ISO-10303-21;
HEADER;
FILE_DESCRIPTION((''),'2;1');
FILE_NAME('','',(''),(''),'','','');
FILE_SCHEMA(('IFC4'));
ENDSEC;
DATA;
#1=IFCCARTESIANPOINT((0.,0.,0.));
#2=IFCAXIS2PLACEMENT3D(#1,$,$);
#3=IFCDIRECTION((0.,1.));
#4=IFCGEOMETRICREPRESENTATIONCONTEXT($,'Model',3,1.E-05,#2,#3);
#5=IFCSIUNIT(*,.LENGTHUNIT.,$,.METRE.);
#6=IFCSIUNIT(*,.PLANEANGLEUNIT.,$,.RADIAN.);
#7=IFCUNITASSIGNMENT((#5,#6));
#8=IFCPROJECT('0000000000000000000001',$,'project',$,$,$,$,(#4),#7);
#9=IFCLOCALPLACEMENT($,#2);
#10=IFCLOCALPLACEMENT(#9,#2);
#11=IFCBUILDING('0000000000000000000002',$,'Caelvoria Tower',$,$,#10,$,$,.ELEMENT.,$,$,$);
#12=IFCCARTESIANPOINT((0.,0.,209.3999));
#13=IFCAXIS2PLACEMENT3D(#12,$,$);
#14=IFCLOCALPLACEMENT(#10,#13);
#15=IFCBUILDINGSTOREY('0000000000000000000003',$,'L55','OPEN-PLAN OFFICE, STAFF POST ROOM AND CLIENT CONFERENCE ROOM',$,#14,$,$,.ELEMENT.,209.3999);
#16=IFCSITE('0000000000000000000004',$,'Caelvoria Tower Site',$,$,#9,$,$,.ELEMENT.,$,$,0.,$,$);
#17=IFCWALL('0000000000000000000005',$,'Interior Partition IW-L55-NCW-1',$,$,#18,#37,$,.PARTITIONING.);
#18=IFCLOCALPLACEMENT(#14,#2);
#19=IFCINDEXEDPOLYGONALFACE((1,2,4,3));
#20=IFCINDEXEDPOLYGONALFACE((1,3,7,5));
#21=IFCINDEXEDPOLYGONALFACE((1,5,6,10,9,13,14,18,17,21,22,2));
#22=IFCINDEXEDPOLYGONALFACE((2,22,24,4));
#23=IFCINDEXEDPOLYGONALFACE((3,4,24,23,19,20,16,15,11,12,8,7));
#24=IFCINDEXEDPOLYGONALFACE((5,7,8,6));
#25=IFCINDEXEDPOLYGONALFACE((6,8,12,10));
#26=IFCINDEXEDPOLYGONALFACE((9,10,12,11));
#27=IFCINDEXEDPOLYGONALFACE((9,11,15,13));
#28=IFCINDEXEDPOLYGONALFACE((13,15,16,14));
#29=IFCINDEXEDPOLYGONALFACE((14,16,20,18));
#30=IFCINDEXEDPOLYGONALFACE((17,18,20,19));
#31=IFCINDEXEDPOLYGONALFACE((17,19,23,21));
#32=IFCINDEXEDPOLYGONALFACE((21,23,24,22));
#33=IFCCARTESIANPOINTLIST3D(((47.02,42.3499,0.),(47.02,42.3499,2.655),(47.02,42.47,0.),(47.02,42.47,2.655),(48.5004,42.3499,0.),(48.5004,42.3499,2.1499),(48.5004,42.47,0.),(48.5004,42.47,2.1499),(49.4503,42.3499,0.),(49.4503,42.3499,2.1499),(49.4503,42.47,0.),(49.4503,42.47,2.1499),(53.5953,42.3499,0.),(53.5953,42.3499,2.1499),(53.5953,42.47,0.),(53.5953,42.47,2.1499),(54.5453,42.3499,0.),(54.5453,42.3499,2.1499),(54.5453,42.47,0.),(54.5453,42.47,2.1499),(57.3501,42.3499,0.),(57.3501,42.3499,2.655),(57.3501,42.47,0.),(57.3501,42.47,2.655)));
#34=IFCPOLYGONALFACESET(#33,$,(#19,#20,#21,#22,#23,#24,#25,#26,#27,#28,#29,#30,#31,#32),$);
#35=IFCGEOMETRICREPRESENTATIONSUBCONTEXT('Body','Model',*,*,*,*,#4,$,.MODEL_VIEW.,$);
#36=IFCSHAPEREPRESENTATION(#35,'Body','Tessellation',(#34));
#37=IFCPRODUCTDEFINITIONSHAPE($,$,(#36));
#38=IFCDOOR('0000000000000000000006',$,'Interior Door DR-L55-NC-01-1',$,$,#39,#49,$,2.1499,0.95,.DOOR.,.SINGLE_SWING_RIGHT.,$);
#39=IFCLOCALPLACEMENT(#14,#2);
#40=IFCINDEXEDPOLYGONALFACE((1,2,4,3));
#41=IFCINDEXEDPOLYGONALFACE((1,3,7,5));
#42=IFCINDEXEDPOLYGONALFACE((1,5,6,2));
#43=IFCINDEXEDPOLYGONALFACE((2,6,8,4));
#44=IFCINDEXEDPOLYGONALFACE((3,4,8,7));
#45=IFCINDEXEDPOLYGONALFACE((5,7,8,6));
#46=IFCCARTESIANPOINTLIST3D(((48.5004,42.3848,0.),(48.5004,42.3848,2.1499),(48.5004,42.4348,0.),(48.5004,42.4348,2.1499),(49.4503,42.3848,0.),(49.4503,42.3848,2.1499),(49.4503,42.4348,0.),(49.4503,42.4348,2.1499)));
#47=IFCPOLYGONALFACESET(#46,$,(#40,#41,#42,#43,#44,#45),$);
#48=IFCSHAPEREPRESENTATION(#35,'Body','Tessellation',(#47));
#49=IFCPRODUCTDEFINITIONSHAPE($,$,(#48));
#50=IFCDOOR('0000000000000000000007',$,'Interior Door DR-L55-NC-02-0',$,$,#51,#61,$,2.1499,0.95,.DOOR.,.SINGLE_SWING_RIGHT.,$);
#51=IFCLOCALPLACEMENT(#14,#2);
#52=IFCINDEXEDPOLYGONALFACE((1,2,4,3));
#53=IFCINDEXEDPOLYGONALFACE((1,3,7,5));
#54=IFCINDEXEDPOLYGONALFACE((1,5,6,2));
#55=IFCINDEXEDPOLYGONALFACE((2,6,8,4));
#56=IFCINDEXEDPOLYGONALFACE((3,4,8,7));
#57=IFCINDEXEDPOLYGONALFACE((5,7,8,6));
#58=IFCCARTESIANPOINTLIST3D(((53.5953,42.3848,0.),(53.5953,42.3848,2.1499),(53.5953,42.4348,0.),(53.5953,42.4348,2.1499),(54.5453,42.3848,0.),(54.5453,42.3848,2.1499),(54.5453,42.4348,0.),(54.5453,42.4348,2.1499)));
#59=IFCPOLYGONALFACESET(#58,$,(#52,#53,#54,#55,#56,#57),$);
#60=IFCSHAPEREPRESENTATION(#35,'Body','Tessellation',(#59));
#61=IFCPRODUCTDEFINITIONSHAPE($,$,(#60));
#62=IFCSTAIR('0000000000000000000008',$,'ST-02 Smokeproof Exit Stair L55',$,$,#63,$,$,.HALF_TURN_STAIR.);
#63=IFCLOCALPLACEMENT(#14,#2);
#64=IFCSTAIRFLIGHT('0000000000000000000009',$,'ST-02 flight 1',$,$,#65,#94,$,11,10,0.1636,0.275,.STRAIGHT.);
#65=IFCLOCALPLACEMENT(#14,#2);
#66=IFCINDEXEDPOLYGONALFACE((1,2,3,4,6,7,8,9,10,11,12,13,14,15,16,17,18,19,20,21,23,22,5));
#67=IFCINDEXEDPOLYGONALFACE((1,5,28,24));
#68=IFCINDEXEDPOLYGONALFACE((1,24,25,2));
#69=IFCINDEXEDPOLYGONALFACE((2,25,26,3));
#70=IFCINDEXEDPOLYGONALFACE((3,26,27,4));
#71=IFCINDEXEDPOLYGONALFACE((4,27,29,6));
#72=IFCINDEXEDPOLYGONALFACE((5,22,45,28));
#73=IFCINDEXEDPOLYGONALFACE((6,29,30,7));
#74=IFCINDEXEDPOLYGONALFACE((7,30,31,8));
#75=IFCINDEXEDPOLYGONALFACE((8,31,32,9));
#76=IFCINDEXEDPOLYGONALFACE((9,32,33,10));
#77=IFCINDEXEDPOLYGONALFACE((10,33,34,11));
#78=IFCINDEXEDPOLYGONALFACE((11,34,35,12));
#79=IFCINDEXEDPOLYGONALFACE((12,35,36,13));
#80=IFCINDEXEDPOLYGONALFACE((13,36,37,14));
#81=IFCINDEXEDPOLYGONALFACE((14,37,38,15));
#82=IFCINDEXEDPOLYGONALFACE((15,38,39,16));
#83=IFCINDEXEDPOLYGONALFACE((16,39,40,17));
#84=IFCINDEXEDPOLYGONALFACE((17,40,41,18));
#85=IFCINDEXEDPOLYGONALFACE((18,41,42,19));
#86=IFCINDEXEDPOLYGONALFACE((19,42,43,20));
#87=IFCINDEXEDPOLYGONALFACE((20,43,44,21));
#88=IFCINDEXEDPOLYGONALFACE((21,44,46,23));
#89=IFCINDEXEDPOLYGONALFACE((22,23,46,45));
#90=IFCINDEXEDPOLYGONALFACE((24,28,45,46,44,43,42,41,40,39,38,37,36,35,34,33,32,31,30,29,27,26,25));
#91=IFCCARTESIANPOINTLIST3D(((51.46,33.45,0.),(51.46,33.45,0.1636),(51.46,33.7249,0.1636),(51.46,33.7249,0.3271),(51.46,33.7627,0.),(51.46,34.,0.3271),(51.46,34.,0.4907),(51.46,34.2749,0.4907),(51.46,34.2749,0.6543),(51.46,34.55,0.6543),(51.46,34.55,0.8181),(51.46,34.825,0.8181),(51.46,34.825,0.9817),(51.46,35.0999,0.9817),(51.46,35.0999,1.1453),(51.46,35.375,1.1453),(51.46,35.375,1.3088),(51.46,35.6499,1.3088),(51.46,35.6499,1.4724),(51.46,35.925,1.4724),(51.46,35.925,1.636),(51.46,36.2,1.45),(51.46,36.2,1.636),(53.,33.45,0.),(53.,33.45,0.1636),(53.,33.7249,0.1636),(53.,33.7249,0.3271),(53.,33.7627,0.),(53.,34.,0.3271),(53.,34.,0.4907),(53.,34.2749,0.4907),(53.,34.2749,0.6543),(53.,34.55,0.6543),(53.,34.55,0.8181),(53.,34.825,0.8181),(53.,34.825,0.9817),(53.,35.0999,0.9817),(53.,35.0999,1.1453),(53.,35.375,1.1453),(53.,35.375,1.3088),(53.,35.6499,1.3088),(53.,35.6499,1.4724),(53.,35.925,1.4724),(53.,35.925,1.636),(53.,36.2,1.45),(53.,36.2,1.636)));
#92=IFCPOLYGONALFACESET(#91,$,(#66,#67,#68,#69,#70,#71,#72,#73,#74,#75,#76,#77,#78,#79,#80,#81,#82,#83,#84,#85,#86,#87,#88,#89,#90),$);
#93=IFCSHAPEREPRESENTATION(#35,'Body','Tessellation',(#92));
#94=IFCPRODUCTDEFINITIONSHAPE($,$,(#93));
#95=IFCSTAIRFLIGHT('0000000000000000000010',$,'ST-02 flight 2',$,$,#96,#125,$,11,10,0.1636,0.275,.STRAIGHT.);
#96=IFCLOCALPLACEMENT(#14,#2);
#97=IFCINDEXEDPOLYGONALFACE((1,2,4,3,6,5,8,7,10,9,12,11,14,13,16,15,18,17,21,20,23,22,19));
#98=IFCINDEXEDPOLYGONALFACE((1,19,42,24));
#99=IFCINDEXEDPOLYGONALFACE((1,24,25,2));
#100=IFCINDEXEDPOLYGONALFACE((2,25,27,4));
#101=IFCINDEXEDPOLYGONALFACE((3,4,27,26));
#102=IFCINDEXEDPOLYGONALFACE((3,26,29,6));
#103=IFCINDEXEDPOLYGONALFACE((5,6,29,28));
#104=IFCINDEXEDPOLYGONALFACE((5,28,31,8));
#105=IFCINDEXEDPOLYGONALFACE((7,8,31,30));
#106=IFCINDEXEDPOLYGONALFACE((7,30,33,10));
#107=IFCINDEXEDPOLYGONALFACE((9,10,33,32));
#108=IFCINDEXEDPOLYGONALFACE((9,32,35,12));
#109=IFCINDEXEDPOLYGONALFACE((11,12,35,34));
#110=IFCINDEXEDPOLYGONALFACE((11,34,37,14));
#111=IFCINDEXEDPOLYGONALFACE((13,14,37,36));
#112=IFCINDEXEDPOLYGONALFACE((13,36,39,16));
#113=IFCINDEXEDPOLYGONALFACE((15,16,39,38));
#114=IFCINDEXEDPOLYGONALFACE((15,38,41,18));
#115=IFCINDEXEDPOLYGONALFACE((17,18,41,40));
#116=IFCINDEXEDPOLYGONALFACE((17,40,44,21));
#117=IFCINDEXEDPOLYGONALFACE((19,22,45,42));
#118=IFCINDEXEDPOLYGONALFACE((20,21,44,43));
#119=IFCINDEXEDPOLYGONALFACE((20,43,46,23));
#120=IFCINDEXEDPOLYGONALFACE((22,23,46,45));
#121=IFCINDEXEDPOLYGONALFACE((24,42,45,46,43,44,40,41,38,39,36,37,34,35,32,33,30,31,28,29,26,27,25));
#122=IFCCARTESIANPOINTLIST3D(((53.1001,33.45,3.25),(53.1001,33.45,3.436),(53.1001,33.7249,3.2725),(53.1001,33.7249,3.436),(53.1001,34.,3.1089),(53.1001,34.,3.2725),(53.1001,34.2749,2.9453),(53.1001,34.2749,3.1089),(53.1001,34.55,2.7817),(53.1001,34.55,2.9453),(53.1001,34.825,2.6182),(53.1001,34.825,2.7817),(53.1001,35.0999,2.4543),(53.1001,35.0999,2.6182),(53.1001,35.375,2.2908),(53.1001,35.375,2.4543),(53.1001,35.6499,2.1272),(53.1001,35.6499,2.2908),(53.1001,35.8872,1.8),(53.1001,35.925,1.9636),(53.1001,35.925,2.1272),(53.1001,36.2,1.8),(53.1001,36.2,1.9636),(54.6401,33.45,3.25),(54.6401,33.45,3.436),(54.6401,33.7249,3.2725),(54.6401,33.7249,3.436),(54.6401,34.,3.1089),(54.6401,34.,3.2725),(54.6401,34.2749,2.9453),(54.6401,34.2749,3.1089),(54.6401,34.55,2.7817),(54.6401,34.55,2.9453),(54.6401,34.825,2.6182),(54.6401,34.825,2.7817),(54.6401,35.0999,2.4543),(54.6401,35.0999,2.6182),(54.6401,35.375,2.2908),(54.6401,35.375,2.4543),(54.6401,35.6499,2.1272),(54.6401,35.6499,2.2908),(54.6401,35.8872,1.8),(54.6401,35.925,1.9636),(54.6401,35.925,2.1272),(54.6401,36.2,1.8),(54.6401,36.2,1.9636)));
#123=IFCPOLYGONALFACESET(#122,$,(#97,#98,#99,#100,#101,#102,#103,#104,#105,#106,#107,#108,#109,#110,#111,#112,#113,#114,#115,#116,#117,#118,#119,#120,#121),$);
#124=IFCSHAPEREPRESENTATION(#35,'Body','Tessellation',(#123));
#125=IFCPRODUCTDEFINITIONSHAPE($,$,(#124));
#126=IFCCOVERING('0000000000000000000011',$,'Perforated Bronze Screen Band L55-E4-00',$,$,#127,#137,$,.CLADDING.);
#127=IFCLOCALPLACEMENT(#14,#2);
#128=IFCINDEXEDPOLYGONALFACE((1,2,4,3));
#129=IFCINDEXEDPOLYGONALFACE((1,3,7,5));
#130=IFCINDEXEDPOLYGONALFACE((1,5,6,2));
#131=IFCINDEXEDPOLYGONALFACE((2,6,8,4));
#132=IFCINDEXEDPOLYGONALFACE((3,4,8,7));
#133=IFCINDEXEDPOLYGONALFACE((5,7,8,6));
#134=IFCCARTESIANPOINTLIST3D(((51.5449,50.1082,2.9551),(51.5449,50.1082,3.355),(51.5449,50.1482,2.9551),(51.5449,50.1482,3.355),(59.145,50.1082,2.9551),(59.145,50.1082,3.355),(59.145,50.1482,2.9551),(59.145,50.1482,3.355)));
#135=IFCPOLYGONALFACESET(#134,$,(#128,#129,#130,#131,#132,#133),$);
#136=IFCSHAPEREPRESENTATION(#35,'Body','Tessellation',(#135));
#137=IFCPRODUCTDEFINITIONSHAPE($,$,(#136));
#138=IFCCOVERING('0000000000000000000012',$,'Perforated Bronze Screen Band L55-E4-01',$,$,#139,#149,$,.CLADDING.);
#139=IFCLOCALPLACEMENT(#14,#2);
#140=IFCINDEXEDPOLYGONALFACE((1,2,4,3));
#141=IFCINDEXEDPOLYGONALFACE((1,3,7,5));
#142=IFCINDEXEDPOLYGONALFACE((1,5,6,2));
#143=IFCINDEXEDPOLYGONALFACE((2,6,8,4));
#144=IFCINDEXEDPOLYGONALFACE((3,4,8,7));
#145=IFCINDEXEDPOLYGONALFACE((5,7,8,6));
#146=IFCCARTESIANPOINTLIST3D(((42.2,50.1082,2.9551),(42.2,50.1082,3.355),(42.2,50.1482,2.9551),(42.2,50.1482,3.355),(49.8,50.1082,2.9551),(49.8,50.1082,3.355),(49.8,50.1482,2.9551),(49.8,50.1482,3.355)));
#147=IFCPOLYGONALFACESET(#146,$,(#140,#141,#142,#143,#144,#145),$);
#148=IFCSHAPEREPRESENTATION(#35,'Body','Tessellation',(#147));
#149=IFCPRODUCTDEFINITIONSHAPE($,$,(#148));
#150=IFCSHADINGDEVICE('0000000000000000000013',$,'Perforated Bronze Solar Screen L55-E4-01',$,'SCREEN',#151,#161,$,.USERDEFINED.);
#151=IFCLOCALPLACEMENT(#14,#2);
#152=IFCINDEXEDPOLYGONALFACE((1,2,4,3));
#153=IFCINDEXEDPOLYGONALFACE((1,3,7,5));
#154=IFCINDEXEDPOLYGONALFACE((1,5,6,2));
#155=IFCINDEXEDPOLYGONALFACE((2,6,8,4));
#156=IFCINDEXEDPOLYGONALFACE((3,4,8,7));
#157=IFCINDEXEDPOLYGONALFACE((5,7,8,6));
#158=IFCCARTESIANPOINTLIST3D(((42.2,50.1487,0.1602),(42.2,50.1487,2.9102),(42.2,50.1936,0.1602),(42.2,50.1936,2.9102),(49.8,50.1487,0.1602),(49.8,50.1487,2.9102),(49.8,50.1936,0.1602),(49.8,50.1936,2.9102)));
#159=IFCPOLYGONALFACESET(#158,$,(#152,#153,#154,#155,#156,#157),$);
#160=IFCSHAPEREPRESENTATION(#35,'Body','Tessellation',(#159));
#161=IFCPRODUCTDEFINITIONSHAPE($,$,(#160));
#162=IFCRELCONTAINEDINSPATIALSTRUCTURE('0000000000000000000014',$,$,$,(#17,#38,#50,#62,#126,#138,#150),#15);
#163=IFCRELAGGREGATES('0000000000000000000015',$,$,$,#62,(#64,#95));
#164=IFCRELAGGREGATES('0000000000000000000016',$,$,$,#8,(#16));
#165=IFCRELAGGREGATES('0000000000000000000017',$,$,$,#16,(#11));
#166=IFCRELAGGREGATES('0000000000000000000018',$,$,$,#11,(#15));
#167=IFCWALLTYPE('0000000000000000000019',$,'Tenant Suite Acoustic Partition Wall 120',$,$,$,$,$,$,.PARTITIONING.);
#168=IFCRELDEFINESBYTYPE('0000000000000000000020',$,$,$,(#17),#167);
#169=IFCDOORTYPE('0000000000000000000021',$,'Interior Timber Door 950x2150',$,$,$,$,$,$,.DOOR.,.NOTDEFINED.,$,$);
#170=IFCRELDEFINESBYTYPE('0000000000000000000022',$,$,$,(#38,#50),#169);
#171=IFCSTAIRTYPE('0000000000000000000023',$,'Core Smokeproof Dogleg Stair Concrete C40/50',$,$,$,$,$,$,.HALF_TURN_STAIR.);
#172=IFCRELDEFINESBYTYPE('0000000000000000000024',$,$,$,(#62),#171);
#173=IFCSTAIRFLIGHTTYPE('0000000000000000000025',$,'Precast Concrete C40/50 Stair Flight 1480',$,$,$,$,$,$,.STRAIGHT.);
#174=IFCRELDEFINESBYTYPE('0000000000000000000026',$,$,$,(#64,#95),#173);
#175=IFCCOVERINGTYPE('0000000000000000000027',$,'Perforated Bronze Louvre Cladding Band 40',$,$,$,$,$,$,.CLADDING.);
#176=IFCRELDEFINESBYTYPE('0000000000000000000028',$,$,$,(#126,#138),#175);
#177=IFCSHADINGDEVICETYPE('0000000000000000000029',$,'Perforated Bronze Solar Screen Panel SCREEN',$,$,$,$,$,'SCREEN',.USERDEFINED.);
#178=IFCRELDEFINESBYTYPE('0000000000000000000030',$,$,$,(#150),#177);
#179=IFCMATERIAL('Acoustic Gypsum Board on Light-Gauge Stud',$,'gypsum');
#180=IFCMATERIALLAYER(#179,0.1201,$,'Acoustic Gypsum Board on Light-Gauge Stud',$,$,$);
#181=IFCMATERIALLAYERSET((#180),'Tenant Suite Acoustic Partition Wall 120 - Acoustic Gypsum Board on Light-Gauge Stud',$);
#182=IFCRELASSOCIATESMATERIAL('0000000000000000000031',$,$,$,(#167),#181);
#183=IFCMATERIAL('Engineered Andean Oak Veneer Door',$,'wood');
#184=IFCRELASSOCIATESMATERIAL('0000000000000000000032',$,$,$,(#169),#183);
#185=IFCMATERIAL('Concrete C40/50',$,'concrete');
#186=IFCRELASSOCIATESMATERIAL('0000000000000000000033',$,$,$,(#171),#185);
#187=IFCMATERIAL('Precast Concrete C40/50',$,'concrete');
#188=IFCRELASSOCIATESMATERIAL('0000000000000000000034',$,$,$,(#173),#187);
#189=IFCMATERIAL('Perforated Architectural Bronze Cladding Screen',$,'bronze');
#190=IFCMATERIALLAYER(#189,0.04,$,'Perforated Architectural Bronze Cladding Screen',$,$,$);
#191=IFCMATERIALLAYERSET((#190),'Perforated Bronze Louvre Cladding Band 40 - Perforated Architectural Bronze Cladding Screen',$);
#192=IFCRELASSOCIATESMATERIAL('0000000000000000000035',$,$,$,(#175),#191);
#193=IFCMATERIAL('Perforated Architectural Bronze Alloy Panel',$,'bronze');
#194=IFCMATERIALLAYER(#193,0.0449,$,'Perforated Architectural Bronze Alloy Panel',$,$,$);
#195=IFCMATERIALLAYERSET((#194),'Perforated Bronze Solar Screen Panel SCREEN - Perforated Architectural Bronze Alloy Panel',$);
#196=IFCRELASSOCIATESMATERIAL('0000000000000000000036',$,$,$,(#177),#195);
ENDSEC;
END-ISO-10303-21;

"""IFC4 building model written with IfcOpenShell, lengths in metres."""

from ifc_helpers import new_model, si_unit, direction, frame, frame_2d, origin, origin_2d, place, context, subcontext, project, spatial, polyline, rectangle, outline, extrude, material, layer, layer_set, type_object, element, fill, aggregate, save


model = new_model("IFC4")

# Units and contexts
model_context = context("Model", 3, precision=1e-05, world=origin(), true_north=direction((0.0, 1.0)))
body_context = subcontext(model_context, "Body", "Model", "MODEL_VIEW")
ifc_project = project(units=[si_unit("LENGTHUNIT", "METRE"), si_unit("PLANEANGLEUNIT", "RADIAN")], contexts=[model_context])

# Site, building, storey
site_placement = place(None, origin())
site = spatial("IfcSite", under=ifc_project, at=site_placement, Name="Caelvoria Tower Site", CompositionType="ELEMENT", RefElevation=0.0)
building_placement = place(site_placement, origin())
building = spatial("IfcBuilding", under=site, at=building_placement, Name="Caelvoria Tower", CompositionType="ELEMENT")
storey_placement = place(building_placement, frame((0.0, 0.0, 209.3999)))
storey = spatial("IfcBuildingStorey", under=building, at=storey_placement, Name="L55", Description="OPEN-PLAN OFFICE, STAFF POST ROOM AND CLIENT CONFERENCE ROOM", CompositionType="ELEMENT", Elevation=209.3999)

# Shared definitions
ifc_material_1 = material(Name="Engineered Andean Oak Veneer Door", Category="wood")
ifc_material_2 = material(Name="Acoustic Gypsum Board on Light-Gauge Stud", Category="gypsum")
ifc_layer_1 = layer(ifc_material_2, 0.1201, Name="Acoustic Gypsum Board on Light-Gauge Stud")
ifc_layer_set_1 = layer_set([ifc_layer_1], Name="Tenant Suite Acoustic Partition Wall 120 - Acoustic Gypsum Board on Light-Gauge Stud")
wall_type_1 = type_object("IfcWallType", Name="Tenant Suite Acoustic Partition Wall 120", PredefinedType="PARTITIONING", material=ifc_layer_set_1)

# Wall, openings, doors
wall_1_placement = place(storey_placement, frame((47.02, 42.4099, 0.0), z_axis=(0.0, 0.0, 1.0), x_axis=(1.0, 0.0, 0.0)))
wall_1 = element("IfcWall", 1, at=wall_1_placement, inside=storey, type_object=wall_type_1, Name="Interior Partition IW-L55-NCW-1", PredefinedType="PARTITIONING", context=body_context, shape_type="SweptSolid", body=[
    extrude(rectangle(XDim=10.3301, YDim=0.1201, at=frame_2d((5.165, 0.0))), origin(), (0.0, 0.0, 1.0), 2.655),
])
opening_1_placement = place(wall_1_placement, frame((1.4802, 0.0, 0.0)))
opening_1 = element("IfcOpeningElement", 2, at=opening_1_placement, cuts=wall_1, PredefinedType="OPENING", context=body_context, shape_type="SweptSolid", body=[
    extrude(rectangle(XDim=0.95, YDim=2.1499, at=frame_2d((0.4751, 1.075))), frame((0.0, 0.0701, 0.0), z_axis=(0.0, -1.0, 0.0), x_axis=(1.0, 0.0, 0.0)), (0.0, 0.0, 1.0), 0.1401),
])
opening_2_placement = place(wall_1_placement, frame((6.5752, 0.0, 0.0)))
opening_2 = element("IfcOpeningElement", 3, at=opening_2_placement, cuts=wall_1, PredefinedType="OPENING", context=body_context, shape_type="SweptSolid", body=[
    extrude(rectangle(XDim=0.95, YDim=2.1499, at=frame_2d((0.4751, 1.075))), frame((0.0, 0.0701, 0.0), z_axis=(0.0, -1.0, 0.0), x_axis=(1.0, 0.0, 0.0)), (0.0, 0.0, 1.0), 0.1401),
])
door_type_1 = type_object("IfcDoorType", Name="Interior Timber Door 950x2150", OperationType="NOTDEFINED", PredefinedType="DOOR", material=ifc_material_1)
door_1_placement = place(opening_1_placement, origin())
door_1 = element("IfcDoor", 4, at=door_1_placement, inside=storey, type_object=door_type_1, Name="Interior Door DR-L55-NC-01-1", OperationType="SINGLE_SWING_RIGHT", OverallHeight=2.1499, OverallWidth=0.95, PredefinedType="DOOR", context=body_context, shape_type="SweptSolid", body=[
    extrude(rectangle(XDim=0.95, YDim=2.1499, at=frame_2d((0.4751, 1.075))), frame((0.0, 0.0249, 0.0), z_axis=(0.0, -1.0, 0.0), x_axis=(1.0, 0.0, 0.0)), (0.0, 0.0, 1.0), 0.05),
])
fill(opening_1, door_1)
door_2_placement = place(opening_2_placement, origin())
door_2 = element("IfcDoor", 5, at=door_2_placement, inside=storey, type_object=door_type_1, Name="Interior Door DR-L55-NC-02-0", OperationType="SINGLE_SWING_RIGHT", OverallHeight=2.1499, OverallWidth=0.95, PredefinedType="DOOR", context=body_context, shape_type="SweptSolid", body=[
    extrude(rectangle(XDim=0.95, YDim=2.1499, at=frame_2d((0.4751, 1.075))), frame((0.0, 0.0249, 0.0), z_axis=(0.0, -1.0, 0.0), x_axis=(1.0, 0.0, 0.0)), (0.0, 0.0, 1.0), 0.05),
])
fill(opening_2, door_2)

# Stair, stair flights
ifc_material_3 = material(Name="Concrete C40/50", Category="concrete")
stair_type = type_object("IfcStairType", Name="Core Smokeproof Dogleg Stair Concrete C40/50", PredefinedType="HALF_TURN_STAIR", material=ifc_material_3)
stair_placement = place(storey_placement, origin())
stair = element("IfcStair", 6, at=stair_placement, inside=storey, type_object=stair_type, Name="ST-02 Smokeproof Exit Stair L55", PredefinedType="HALF_TURN_STAIR")
ifc_material_4 = material(Name="Precast Concrete C40/50", Category="concrete")
stair_flight_type = type_object("IfcStairFlightType", Name="Precast Concrete C40/50 Stair Flight 1480", PredefinedType="STRAIGHT", material=ifc_material_4)
stair_flight_1_placement = place(storey_placement, frame((52.23, 33.45, 0.0), z_axis=(0.0, 0.0, 1.0), x_axis=(0.0, 1.0, 0.0)))
stair_flight_1 = element("IfcStairFlight", 7, at=stair_flight_1_placement, type_object=stair_flight_type, Name="ST-02 flight 1", NumberOfRisers=11, NumberOfTreads=10, PredefinedType="STRAIGHT", RiserHeight=0.1636, TreadLength=0.275, context=body_context, shape_type="SweptSolid", body=[
    extrude(outline(polyline([(0.0, 0.0), (0.0, 0.1636), (0.2749, 0.1636), (0.2749, 0.3271), (0.55, 0.3271), (0.55, 0.4907), (0.825, 0.4907), (0.825, 0.6543), (1.1001, 0.6543), (1.1001, 0.8181), (1.375, 0.8181), (1.375, 0.9817), (1.6499, 0.9817), (1.6499, 1.1453), (1.925, 1.1453), (1.925, 1.3088), (2.2, 1.3088), (2.2, 1.4724), (2.4751, 1.4724), (2.4751, 1.636), (2.75, 1.636), (2.75, 1.7996), (2.75, 1.45), (0.3127, 0.0), (0.0, 0.0)])), frame((0.0, 0.77, 0.0), z_axis=(0.0, -1.0, 0.0), x_axis=(1.0, 0.0, 0.0)), (0.0, 0.0, 1.0), 1.54),
])
stair_flight_2_placement = place(storey_placement, frame((53.8701, 36.2, 1.8), z_axis=(0.0, 0.0, 1.0), x_axis=(0.0, -1.0, 0.0)))
stair_flight_2 = element("IfcStairFlight", 8, at=stair_flight_2_placement, type_object=stair_flight_type, Name="ST-02 flight 2", NumberOfRisers=11, NumberOfTreads=10, PredefinedType="STRAIGHT", RiserHeight=0.1636, TreadLength=0.275, context=body_context, shape_type="SweptSolid", body=[
    extrude(outline(polyline([(0.0, 0.0), (0.0, 0.1636), (0.2749, 0.1636), (0.2749, 0.3271), (0.55, 0.3271), (0.55, 0.4907), (0.825, 0.4907), (0.825, 0.6543), (1.1001, 0.6543), (1.1001, 0.8181), (1.375, 0.8181), (1.375, 0.9817), (1.6499, 0.9817), (1.6499, 1.1453), (1.925, 1.1453), (1.925, 1.3088), (2.2, 1.3088), (2.2, 1.4724), (2.4751, 1.4724), (2.4751, 1.636), (2.75, 1.636), (2.75, 1.7996), (2.75, 1.45), (0.3127, 0.0), (0.0, 0.0)])), frame((0.0, 0.77, 0.0), z_axis=(0.0, -1.0, 0.0), x_axis=(1.0, 0.0, 0.0)), (0.0, 0.0, 1.0), 1.54),
])
aggregate(stair, [stair_flight_1, stair_flight_2])

# Coverings
ifc_material_5 = material(Name="Perforated Architectural Bronze Cladding Screen", Category="bronze")
ifc_layer_2 = layer(ifc_material_5, 0.04, Name="Perforated Architectural Bronze Cladding Screen")
ifc_layer_set_2 = layer_set([ifc_layer_2], Name="Perforated Bronze Louvre Cladding Band 40 - Perforated Architectural Bronze Cladding Screen")
covering_type = type_object("IfcCoveringType", Name="Perforated Bronze Louvre Cladding Band 40", PredefinedType="CLADDING", material=ifc_layer_set_2)
for number, where, z_axis, x_axis, name in (
    (9, (55.345, 50.1282, 2.9551), (0.0, 0.0, 1.0), (-1.0, 0.0, 0.0), "Perforated Bronze Screen Band L55-E4-00"),
    (10, (46.0, 50.1282, 2.9551), (0.0, 0.0, 1.0), (-1.0, 0.0, 0.0), "Perforated Bronze Screen Band L55-E4-01"),
):
    element("IfcCovering", number, at=place(storey_placement, frame(where, z_axis=z_axis, x_axis=x_axis)), inside=storey, type_object=covering_type, Name=name, PredefinedType="CLADDING", context=body_context, shape_type="SweptSolid", body=[
        extrude(rectangle(XDim=7.6001, YDim=0.04, at=origin_2d()), origin(), (0.0, 0.0, 1.0), 0.3999),
    ])

# Shading device
ifc_material_6 = material(Name="Perforated Architectural Bronze Alloy Panel", Category="bronze")
ifc_layer_3 = layer(ifc_material_6, 0.0449, Name="Perforated Architectural Bronze Alloy Panel")
ifc_layer_set_3 = layer_set([ifc_layer_3], Name="Perforated Bronze Solar Screen Panel SCREEN - Perforated Architectural Bronze Alloy Panel")
shading_device_type = type_object("IfcShadingDeviceType", Name="Perforated Bronze Solar Screen Panel SCREEN", ElementType="SCREEN", PredefinedType="USERDEFINED", material=ifc_layer_set_3)
shading_device_placement = place(storey_placement, frame((46.0, 50.1711, 0.1602), z_axis=(0.0, 0.0, 1.0), x_axis=(-1.0, 0.0, 0.0)))
element("IfcShadingDevice", 11, at=shading_device_placement, inside=storey, type_object=shading_device_type, Name="Perforated Bronze Solar Screen L55-E4-01", ObjectType="SCREEN", PredefinedType="USERDEFINED", context=body_context, shape_type="SweptSolid", body=[
    extrude(rectangle(XDim=7.6001, YDim=0.0449, at=origin_2d()), origin(), (0.0, 0.0, 1.0), 2.75),
])

save(model, "model.ifc")
